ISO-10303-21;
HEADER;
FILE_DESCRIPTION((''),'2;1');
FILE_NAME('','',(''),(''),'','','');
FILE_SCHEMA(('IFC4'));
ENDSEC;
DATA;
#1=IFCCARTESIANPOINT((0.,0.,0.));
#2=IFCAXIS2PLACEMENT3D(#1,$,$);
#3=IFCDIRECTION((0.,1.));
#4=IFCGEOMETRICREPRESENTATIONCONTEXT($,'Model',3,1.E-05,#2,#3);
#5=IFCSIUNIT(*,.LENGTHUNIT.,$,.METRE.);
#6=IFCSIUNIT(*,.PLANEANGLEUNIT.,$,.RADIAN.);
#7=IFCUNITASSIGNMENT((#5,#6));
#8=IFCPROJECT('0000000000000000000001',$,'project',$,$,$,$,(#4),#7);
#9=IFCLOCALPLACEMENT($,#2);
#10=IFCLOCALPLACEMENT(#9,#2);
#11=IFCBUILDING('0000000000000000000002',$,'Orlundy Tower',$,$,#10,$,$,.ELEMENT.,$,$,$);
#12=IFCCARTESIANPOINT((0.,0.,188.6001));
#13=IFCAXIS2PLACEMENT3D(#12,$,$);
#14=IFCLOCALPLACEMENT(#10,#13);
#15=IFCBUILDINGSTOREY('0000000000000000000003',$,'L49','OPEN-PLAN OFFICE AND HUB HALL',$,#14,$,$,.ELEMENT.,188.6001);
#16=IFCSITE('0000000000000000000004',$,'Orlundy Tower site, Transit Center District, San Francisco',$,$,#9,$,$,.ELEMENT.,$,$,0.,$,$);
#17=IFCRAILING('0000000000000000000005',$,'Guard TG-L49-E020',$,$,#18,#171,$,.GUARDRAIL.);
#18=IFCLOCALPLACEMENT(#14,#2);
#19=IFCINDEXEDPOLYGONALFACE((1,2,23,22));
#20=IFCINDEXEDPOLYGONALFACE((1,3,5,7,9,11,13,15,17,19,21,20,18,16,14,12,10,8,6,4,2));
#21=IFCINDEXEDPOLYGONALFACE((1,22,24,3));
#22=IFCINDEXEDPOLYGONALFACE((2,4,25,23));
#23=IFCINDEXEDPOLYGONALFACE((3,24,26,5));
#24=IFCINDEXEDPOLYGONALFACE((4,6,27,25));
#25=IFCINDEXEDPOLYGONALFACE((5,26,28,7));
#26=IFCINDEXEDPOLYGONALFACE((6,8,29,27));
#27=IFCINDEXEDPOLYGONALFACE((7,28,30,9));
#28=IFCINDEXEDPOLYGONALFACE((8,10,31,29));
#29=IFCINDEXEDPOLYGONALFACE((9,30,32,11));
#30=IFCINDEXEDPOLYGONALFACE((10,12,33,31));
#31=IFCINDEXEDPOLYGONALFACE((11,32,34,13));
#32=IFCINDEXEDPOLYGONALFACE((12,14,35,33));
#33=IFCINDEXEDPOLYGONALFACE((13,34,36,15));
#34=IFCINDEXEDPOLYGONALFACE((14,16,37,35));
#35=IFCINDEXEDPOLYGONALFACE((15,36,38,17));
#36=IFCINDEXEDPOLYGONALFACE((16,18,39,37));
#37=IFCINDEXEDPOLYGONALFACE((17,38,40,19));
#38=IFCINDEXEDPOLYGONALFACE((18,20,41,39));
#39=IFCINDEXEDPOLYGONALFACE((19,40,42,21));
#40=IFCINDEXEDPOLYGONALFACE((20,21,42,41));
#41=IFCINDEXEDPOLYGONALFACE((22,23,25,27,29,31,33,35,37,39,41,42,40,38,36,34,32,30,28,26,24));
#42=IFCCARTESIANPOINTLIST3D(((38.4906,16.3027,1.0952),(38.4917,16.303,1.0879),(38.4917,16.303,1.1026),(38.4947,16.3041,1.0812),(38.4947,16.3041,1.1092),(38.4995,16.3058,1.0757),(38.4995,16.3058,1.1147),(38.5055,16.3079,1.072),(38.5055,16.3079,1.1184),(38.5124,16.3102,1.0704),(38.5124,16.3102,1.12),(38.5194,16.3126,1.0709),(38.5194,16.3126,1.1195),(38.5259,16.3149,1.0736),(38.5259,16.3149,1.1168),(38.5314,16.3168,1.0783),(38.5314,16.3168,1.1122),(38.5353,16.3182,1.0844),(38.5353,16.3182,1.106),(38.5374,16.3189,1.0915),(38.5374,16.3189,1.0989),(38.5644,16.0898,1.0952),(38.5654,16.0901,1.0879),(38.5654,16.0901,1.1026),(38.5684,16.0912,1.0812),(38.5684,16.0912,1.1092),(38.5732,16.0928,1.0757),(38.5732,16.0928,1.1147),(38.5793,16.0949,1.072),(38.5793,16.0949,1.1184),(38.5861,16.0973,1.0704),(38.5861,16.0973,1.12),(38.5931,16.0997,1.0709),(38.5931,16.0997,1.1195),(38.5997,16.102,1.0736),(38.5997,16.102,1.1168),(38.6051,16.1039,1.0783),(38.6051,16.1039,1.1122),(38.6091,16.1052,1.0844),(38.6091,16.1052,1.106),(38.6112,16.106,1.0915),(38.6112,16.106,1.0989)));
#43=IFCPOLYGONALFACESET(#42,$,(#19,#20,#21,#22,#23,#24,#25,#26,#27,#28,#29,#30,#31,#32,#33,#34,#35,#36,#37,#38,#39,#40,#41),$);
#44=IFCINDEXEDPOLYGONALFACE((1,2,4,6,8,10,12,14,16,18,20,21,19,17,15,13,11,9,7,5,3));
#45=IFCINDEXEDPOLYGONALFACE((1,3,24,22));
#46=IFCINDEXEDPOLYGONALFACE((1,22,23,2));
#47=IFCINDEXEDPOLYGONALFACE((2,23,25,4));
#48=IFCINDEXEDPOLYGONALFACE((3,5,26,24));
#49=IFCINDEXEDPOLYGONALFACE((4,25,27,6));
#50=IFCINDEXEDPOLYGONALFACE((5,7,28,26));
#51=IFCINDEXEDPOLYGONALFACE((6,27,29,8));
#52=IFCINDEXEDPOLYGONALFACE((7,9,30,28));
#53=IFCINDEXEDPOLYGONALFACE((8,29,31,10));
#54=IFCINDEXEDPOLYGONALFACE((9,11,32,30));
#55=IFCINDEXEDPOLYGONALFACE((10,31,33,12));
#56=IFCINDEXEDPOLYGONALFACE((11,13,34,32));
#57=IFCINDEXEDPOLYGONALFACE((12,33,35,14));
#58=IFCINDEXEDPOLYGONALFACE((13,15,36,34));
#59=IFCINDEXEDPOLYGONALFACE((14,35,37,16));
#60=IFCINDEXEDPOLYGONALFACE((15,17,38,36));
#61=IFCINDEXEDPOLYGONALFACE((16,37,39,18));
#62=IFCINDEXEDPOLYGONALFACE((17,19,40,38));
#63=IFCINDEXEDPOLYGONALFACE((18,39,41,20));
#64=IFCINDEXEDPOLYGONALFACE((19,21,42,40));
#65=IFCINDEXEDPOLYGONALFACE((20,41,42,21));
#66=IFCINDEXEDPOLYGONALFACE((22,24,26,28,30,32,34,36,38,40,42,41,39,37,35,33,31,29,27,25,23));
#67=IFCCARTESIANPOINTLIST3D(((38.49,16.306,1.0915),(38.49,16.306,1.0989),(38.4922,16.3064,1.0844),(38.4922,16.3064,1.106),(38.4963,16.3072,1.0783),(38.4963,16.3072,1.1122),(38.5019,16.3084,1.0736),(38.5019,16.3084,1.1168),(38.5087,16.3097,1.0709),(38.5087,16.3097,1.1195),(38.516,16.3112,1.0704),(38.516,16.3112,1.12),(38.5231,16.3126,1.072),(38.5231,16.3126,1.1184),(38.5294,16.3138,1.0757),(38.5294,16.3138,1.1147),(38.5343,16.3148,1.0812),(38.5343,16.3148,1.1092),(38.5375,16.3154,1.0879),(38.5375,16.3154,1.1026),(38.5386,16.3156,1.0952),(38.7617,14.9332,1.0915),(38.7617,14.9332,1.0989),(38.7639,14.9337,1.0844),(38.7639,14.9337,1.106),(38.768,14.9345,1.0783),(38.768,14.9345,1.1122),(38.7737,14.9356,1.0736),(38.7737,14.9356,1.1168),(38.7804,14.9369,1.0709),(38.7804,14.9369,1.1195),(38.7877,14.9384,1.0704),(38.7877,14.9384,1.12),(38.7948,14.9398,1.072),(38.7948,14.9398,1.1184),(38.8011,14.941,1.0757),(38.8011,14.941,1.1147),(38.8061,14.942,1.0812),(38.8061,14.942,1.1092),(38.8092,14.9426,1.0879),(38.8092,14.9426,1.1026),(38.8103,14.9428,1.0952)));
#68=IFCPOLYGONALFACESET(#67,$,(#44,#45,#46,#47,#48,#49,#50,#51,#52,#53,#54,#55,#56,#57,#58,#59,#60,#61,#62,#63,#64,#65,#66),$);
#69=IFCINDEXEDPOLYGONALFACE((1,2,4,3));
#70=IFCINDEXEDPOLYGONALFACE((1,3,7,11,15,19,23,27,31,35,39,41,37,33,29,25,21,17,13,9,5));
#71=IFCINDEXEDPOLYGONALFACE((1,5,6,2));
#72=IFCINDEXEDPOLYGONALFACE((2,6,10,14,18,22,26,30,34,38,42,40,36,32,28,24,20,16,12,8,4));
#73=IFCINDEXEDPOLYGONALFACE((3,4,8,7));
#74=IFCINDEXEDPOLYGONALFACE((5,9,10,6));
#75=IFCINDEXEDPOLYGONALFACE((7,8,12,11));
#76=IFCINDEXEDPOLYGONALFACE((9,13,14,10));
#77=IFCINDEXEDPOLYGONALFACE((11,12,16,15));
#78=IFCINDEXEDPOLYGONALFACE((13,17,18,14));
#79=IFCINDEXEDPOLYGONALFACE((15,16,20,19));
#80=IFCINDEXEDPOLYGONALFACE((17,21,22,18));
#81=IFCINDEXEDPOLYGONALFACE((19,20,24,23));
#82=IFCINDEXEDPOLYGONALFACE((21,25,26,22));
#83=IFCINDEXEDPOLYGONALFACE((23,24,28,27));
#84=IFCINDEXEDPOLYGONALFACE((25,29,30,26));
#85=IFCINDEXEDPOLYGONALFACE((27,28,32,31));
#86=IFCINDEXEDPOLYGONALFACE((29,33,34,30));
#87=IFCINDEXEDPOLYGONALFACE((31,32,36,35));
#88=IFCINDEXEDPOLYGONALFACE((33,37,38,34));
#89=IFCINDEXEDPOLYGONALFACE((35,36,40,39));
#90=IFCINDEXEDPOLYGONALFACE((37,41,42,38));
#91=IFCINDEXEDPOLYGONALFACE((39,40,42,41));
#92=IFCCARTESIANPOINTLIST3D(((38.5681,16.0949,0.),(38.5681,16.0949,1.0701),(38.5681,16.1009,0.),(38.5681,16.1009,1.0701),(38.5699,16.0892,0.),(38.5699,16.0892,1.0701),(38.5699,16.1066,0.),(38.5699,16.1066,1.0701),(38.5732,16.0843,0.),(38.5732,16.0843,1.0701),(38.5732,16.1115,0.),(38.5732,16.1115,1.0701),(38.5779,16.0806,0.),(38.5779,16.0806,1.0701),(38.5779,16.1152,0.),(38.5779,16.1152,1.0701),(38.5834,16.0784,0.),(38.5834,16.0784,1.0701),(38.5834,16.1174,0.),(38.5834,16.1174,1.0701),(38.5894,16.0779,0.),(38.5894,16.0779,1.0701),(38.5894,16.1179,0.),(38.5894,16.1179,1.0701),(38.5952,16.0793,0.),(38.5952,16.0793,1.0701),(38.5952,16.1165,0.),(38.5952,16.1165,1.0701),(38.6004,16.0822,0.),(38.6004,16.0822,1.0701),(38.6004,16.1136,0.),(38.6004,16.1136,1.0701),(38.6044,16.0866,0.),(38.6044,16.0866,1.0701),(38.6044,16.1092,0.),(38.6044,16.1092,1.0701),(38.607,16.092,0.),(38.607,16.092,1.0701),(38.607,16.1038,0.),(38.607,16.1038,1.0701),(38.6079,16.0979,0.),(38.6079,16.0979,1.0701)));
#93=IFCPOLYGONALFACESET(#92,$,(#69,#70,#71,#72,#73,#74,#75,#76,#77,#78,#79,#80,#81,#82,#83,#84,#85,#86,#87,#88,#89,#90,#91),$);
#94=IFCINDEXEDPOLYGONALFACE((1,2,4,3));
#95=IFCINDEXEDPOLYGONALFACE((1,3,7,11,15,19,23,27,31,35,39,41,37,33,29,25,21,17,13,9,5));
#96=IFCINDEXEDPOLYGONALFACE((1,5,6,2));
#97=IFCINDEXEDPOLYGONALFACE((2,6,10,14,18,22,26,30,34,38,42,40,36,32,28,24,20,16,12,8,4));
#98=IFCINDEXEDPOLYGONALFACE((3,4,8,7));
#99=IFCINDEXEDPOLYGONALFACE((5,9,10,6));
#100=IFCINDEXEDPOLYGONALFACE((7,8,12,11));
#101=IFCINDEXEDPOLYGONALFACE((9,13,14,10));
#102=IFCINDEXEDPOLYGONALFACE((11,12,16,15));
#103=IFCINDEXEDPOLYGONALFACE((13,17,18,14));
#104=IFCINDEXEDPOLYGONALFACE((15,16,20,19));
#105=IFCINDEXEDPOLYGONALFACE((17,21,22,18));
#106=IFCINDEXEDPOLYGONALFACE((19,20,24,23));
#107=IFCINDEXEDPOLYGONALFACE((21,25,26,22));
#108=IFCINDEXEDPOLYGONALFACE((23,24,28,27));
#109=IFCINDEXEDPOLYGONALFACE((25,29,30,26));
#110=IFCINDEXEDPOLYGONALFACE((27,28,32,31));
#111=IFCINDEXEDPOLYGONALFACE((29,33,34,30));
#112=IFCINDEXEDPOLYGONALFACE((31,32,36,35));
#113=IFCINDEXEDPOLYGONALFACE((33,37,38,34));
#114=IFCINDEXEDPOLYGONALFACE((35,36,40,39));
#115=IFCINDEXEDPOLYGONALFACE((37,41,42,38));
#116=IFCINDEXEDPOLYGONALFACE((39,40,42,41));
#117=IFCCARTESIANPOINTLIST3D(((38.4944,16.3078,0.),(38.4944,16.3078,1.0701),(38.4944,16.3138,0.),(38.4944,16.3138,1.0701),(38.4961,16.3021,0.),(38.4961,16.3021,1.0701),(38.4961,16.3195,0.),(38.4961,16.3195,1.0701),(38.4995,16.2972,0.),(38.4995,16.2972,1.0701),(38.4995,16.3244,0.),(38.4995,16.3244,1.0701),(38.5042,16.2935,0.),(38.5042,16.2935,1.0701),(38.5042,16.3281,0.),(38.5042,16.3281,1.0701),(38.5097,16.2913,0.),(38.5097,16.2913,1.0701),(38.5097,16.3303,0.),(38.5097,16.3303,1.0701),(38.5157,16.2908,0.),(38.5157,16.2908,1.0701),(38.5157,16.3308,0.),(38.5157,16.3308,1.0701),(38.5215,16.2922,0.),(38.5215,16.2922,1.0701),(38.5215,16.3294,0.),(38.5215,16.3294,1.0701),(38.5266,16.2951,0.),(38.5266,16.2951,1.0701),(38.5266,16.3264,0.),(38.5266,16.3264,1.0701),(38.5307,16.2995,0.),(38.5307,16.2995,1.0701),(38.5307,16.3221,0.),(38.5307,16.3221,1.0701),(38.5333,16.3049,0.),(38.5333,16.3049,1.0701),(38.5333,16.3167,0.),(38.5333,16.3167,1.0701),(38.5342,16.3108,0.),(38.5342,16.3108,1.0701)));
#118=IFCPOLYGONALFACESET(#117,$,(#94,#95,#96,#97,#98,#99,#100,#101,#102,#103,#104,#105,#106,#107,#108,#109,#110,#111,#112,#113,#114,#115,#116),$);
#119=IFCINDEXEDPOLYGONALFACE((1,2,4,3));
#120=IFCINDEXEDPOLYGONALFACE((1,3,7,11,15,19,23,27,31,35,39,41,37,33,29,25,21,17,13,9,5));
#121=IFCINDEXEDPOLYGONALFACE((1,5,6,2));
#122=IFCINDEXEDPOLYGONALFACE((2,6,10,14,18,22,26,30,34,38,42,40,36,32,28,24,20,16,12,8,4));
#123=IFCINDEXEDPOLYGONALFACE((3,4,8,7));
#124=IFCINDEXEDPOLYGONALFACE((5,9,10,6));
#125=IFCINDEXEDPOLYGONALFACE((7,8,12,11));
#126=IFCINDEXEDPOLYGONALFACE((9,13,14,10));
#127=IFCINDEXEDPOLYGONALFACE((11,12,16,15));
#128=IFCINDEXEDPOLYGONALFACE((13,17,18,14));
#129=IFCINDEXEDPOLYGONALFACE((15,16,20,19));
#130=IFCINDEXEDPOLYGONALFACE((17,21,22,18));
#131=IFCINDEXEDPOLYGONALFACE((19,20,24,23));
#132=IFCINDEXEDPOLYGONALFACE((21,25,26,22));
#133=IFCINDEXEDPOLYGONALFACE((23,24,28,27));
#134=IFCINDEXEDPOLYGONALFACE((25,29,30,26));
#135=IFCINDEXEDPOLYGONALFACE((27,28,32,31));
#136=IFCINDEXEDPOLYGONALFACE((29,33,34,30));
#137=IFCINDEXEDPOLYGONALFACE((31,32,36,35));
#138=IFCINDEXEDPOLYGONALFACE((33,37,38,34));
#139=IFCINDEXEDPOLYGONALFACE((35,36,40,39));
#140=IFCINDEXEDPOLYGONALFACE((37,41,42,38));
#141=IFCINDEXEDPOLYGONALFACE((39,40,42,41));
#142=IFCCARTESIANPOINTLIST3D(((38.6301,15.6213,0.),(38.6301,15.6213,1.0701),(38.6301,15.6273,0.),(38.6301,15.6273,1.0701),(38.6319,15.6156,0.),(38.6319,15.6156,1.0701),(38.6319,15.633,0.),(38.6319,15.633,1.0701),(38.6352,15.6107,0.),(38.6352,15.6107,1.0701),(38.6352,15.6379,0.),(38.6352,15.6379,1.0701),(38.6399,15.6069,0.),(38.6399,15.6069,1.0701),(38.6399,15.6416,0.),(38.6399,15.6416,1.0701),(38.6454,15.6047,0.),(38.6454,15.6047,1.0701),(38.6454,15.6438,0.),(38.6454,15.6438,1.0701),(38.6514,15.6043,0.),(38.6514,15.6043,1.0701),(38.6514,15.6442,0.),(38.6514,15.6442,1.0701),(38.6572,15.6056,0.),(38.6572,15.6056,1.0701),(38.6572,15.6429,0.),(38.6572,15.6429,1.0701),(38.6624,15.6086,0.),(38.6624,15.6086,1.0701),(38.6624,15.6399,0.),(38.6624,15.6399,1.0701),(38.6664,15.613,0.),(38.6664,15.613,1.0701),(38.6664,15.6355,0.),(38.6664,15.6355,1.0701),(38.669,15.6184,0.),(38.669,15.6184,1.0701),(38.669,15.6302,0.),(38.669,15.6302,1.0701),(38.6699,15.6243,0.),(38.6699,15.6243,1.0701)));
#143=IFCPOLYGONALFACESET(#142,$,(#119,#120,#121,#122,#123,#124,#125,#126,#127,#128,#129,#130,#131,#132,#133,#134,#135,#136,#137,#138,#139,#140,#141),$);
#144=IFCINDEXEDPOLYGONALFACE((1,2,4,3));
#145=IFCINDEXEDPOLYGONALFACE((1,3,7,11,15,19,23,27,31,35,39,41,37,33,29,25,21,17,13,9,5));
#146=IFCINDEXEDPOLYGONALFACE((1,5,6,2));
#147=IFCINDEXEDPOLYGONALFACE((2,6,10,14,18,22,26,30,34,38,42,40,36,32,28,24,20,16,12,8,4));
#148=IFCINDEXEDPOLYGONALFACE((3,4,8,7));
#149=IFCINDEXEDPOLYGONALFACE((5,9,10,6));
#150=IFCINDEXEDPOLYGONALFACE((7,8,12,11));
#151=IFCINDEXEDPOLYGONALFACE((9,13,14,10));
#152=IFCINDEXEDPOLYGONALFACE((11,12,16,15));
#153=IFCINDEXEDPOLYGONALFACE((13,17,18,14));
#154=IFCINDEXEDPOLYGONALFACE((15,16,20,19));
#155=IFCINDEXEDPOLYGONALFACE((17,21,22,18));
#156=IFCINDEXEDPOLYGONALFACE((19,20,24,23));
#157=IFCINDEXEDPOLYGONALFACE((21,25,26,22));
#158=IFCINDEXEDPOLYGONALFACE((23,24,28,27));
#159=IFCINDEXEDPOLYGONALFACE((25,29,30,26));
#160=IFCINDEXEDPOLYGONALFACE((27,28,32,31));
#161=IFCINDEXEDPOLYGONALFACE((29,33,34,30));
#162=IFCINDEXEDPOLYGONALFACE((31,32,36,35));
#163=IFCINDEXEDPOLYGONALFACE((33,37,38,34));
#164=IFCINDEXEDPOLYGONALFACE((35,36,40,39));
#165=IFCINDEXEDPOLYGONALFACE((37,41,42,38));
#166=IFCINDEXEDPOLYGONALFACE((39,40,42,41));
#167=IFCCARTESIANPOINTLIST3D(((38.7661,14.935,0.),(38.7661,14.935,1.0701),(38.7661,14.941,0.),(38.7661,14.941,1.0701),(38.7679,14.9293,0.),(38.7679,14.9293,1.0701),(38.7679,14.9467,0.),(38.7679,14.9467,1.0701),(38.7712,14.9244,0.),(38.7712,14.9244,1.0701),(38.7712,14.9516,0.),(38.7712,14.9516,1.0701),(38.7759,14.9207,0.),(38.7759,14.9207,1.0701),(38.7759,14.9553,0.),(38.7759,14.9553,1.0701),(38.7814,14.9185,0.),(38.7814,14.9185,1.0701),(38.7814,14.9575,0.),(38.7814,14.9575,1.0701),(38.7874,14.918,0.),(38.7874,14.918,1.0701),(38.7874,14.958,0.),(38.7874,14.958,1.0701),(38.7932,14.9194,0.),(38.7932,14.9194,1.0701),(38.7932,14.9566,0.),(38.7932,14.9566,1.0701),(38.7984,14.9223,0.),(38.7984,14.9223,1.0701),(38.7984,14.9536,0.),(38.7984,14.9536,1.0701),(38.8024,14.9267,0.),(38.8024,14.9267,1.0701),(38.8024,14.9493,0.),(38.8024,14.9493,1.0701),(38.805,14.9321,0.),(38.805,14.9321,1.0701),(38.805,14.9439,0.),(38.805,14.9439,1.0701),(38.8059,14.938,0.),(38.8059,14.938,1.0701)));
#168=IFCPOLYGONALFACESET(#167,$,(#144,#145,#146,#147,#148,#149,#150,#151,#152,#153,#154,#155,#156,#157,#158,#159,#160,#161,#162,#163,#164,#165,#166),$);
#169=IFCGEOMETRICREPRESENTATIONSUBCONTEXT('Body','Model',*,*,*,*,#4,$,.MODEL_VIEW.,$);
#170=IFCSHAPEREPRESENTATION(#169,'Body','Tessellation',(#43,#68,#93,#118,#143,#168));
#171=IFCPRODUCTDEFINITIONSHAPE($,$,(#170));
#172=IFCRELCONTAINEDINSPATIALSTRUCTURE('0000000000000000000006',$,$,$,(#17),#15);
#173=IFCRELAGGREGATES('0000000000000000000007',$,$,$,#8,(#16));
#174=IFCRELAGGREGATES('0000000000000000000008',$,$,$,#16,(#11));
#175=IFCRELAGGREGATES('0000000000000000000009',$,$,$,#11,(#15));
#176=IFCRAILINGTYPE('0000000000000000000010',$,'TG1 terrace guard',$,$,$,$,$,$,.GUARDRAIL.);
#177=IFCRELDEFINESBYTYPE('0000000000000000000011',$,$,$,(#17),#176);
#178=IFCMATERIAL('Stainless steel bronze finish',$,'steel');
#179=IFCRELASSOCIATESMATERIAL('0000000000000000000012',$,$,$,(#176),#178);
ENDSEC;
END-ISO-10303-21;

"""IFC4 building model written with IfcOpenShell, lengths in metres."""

from ifc_helpers import new_model, si_unit, direction, frame, origin, origin_2d, place, context, subcontext, project, spatial, circle, extrude, material, type_object, element, save


model = new_model("IFC4")

# Units and contexts
model_context = context("Model", 3, precision=1e-05, world=origin(), true_north=direction((0.0, 1.0)))
body_context = subcontext(model_context, "Body", "Model", "MODEL_VIEW")
ifc_project = project(units=[si_unit("LENGTHUNIT", "METRE"), si_unit("PLANEANGLEUNIT", "RADIAN")], contexts=[model_context])

# Site, building, storey
site_placement = place(None, origin())
site = spatial("IfcSite", under=ifc_project, at=site_placement, Name="Orlundy Tower site, Transit Center District, San Francisco", CompositionType="ELEMENT", RefElevation=0.0)
building_placement = place(site_placement, origin())
building = spatial("IfcBuilding", under=site, at=building_placement, Name="Orlundy Tower", CompositionType="ELEMENT")
storey_placement = place(building_placement, frame((0.0, 0.0, 188.6001)))
storey = spatial("IfcBuildingStorey", under=building, at=storey_placement, Name="L49", Description="OPEN-PLAN OFFICE AND HUB HALL", CompositionType="ELEMENT", Elevation=188.6001)

# Railing
ifc_material_1 = material(Name="Stainless steel bronze finish", Category="steel")
railing_type = type_object("IfcRailingType", Name="TG1 terrace guard", PredefinedType="GUARDRAIL", material=ifc_material_1)
railing_1_placement = place(storey_placement, frame((38.5879, 16.0979, 0.0)))
element("IfcRailing", 1, at=railing_1_placement, inside=storey, type_object=railing_type, Name="Guard TG-L49-E020", PredefinedType="GUARDRAIL", context=body_context, shape_type="SweptSolid", body=[
    extrude(circle(Radius=0.0249, at=origin_2d()), frame((0.0, 0.0, 1.0952), z_axis=(-0.327259, 0.944935, 0.0), x_axis=(-0.944935, -0.327259, 0.0)), (0.0, 0.0, 1.0), 0.2253),
    extrude(circle(Radius=0.0249, at=origin_2d()), frame((-0.0737, 0.2129, 1.0952), z_axis=(0.19417, -0.980968, 0.0), x_axis=(0.980968, 0.19417, 0.0)), (0.0, 0.0, 1.0), 1.3994),
    extrude(circle(Radius=0.02, at=origin_2d()), origin(), (0.0, 0.0, 1.0), 1.0701),
    extrude(circle(Radius=0.02, at=origin_2d()), frame((-0.0737, 0.2129, 0.0)), (0.0, 0.0, 1.0), 1.0701),
    extrude(circle(Radius=0.02, at=origin_2d()), frame((0.062, -0.4736, 0.0)), (0.0, 0.0, 1.0), 1.0701),
    extrude(circle(Radius=0.02, at=origin_2d()), frame((0.198, -1.1599, 0.0)), (0.0, 0.0, 1.0), 1.0701),
])

save(model, "model.ifc")
